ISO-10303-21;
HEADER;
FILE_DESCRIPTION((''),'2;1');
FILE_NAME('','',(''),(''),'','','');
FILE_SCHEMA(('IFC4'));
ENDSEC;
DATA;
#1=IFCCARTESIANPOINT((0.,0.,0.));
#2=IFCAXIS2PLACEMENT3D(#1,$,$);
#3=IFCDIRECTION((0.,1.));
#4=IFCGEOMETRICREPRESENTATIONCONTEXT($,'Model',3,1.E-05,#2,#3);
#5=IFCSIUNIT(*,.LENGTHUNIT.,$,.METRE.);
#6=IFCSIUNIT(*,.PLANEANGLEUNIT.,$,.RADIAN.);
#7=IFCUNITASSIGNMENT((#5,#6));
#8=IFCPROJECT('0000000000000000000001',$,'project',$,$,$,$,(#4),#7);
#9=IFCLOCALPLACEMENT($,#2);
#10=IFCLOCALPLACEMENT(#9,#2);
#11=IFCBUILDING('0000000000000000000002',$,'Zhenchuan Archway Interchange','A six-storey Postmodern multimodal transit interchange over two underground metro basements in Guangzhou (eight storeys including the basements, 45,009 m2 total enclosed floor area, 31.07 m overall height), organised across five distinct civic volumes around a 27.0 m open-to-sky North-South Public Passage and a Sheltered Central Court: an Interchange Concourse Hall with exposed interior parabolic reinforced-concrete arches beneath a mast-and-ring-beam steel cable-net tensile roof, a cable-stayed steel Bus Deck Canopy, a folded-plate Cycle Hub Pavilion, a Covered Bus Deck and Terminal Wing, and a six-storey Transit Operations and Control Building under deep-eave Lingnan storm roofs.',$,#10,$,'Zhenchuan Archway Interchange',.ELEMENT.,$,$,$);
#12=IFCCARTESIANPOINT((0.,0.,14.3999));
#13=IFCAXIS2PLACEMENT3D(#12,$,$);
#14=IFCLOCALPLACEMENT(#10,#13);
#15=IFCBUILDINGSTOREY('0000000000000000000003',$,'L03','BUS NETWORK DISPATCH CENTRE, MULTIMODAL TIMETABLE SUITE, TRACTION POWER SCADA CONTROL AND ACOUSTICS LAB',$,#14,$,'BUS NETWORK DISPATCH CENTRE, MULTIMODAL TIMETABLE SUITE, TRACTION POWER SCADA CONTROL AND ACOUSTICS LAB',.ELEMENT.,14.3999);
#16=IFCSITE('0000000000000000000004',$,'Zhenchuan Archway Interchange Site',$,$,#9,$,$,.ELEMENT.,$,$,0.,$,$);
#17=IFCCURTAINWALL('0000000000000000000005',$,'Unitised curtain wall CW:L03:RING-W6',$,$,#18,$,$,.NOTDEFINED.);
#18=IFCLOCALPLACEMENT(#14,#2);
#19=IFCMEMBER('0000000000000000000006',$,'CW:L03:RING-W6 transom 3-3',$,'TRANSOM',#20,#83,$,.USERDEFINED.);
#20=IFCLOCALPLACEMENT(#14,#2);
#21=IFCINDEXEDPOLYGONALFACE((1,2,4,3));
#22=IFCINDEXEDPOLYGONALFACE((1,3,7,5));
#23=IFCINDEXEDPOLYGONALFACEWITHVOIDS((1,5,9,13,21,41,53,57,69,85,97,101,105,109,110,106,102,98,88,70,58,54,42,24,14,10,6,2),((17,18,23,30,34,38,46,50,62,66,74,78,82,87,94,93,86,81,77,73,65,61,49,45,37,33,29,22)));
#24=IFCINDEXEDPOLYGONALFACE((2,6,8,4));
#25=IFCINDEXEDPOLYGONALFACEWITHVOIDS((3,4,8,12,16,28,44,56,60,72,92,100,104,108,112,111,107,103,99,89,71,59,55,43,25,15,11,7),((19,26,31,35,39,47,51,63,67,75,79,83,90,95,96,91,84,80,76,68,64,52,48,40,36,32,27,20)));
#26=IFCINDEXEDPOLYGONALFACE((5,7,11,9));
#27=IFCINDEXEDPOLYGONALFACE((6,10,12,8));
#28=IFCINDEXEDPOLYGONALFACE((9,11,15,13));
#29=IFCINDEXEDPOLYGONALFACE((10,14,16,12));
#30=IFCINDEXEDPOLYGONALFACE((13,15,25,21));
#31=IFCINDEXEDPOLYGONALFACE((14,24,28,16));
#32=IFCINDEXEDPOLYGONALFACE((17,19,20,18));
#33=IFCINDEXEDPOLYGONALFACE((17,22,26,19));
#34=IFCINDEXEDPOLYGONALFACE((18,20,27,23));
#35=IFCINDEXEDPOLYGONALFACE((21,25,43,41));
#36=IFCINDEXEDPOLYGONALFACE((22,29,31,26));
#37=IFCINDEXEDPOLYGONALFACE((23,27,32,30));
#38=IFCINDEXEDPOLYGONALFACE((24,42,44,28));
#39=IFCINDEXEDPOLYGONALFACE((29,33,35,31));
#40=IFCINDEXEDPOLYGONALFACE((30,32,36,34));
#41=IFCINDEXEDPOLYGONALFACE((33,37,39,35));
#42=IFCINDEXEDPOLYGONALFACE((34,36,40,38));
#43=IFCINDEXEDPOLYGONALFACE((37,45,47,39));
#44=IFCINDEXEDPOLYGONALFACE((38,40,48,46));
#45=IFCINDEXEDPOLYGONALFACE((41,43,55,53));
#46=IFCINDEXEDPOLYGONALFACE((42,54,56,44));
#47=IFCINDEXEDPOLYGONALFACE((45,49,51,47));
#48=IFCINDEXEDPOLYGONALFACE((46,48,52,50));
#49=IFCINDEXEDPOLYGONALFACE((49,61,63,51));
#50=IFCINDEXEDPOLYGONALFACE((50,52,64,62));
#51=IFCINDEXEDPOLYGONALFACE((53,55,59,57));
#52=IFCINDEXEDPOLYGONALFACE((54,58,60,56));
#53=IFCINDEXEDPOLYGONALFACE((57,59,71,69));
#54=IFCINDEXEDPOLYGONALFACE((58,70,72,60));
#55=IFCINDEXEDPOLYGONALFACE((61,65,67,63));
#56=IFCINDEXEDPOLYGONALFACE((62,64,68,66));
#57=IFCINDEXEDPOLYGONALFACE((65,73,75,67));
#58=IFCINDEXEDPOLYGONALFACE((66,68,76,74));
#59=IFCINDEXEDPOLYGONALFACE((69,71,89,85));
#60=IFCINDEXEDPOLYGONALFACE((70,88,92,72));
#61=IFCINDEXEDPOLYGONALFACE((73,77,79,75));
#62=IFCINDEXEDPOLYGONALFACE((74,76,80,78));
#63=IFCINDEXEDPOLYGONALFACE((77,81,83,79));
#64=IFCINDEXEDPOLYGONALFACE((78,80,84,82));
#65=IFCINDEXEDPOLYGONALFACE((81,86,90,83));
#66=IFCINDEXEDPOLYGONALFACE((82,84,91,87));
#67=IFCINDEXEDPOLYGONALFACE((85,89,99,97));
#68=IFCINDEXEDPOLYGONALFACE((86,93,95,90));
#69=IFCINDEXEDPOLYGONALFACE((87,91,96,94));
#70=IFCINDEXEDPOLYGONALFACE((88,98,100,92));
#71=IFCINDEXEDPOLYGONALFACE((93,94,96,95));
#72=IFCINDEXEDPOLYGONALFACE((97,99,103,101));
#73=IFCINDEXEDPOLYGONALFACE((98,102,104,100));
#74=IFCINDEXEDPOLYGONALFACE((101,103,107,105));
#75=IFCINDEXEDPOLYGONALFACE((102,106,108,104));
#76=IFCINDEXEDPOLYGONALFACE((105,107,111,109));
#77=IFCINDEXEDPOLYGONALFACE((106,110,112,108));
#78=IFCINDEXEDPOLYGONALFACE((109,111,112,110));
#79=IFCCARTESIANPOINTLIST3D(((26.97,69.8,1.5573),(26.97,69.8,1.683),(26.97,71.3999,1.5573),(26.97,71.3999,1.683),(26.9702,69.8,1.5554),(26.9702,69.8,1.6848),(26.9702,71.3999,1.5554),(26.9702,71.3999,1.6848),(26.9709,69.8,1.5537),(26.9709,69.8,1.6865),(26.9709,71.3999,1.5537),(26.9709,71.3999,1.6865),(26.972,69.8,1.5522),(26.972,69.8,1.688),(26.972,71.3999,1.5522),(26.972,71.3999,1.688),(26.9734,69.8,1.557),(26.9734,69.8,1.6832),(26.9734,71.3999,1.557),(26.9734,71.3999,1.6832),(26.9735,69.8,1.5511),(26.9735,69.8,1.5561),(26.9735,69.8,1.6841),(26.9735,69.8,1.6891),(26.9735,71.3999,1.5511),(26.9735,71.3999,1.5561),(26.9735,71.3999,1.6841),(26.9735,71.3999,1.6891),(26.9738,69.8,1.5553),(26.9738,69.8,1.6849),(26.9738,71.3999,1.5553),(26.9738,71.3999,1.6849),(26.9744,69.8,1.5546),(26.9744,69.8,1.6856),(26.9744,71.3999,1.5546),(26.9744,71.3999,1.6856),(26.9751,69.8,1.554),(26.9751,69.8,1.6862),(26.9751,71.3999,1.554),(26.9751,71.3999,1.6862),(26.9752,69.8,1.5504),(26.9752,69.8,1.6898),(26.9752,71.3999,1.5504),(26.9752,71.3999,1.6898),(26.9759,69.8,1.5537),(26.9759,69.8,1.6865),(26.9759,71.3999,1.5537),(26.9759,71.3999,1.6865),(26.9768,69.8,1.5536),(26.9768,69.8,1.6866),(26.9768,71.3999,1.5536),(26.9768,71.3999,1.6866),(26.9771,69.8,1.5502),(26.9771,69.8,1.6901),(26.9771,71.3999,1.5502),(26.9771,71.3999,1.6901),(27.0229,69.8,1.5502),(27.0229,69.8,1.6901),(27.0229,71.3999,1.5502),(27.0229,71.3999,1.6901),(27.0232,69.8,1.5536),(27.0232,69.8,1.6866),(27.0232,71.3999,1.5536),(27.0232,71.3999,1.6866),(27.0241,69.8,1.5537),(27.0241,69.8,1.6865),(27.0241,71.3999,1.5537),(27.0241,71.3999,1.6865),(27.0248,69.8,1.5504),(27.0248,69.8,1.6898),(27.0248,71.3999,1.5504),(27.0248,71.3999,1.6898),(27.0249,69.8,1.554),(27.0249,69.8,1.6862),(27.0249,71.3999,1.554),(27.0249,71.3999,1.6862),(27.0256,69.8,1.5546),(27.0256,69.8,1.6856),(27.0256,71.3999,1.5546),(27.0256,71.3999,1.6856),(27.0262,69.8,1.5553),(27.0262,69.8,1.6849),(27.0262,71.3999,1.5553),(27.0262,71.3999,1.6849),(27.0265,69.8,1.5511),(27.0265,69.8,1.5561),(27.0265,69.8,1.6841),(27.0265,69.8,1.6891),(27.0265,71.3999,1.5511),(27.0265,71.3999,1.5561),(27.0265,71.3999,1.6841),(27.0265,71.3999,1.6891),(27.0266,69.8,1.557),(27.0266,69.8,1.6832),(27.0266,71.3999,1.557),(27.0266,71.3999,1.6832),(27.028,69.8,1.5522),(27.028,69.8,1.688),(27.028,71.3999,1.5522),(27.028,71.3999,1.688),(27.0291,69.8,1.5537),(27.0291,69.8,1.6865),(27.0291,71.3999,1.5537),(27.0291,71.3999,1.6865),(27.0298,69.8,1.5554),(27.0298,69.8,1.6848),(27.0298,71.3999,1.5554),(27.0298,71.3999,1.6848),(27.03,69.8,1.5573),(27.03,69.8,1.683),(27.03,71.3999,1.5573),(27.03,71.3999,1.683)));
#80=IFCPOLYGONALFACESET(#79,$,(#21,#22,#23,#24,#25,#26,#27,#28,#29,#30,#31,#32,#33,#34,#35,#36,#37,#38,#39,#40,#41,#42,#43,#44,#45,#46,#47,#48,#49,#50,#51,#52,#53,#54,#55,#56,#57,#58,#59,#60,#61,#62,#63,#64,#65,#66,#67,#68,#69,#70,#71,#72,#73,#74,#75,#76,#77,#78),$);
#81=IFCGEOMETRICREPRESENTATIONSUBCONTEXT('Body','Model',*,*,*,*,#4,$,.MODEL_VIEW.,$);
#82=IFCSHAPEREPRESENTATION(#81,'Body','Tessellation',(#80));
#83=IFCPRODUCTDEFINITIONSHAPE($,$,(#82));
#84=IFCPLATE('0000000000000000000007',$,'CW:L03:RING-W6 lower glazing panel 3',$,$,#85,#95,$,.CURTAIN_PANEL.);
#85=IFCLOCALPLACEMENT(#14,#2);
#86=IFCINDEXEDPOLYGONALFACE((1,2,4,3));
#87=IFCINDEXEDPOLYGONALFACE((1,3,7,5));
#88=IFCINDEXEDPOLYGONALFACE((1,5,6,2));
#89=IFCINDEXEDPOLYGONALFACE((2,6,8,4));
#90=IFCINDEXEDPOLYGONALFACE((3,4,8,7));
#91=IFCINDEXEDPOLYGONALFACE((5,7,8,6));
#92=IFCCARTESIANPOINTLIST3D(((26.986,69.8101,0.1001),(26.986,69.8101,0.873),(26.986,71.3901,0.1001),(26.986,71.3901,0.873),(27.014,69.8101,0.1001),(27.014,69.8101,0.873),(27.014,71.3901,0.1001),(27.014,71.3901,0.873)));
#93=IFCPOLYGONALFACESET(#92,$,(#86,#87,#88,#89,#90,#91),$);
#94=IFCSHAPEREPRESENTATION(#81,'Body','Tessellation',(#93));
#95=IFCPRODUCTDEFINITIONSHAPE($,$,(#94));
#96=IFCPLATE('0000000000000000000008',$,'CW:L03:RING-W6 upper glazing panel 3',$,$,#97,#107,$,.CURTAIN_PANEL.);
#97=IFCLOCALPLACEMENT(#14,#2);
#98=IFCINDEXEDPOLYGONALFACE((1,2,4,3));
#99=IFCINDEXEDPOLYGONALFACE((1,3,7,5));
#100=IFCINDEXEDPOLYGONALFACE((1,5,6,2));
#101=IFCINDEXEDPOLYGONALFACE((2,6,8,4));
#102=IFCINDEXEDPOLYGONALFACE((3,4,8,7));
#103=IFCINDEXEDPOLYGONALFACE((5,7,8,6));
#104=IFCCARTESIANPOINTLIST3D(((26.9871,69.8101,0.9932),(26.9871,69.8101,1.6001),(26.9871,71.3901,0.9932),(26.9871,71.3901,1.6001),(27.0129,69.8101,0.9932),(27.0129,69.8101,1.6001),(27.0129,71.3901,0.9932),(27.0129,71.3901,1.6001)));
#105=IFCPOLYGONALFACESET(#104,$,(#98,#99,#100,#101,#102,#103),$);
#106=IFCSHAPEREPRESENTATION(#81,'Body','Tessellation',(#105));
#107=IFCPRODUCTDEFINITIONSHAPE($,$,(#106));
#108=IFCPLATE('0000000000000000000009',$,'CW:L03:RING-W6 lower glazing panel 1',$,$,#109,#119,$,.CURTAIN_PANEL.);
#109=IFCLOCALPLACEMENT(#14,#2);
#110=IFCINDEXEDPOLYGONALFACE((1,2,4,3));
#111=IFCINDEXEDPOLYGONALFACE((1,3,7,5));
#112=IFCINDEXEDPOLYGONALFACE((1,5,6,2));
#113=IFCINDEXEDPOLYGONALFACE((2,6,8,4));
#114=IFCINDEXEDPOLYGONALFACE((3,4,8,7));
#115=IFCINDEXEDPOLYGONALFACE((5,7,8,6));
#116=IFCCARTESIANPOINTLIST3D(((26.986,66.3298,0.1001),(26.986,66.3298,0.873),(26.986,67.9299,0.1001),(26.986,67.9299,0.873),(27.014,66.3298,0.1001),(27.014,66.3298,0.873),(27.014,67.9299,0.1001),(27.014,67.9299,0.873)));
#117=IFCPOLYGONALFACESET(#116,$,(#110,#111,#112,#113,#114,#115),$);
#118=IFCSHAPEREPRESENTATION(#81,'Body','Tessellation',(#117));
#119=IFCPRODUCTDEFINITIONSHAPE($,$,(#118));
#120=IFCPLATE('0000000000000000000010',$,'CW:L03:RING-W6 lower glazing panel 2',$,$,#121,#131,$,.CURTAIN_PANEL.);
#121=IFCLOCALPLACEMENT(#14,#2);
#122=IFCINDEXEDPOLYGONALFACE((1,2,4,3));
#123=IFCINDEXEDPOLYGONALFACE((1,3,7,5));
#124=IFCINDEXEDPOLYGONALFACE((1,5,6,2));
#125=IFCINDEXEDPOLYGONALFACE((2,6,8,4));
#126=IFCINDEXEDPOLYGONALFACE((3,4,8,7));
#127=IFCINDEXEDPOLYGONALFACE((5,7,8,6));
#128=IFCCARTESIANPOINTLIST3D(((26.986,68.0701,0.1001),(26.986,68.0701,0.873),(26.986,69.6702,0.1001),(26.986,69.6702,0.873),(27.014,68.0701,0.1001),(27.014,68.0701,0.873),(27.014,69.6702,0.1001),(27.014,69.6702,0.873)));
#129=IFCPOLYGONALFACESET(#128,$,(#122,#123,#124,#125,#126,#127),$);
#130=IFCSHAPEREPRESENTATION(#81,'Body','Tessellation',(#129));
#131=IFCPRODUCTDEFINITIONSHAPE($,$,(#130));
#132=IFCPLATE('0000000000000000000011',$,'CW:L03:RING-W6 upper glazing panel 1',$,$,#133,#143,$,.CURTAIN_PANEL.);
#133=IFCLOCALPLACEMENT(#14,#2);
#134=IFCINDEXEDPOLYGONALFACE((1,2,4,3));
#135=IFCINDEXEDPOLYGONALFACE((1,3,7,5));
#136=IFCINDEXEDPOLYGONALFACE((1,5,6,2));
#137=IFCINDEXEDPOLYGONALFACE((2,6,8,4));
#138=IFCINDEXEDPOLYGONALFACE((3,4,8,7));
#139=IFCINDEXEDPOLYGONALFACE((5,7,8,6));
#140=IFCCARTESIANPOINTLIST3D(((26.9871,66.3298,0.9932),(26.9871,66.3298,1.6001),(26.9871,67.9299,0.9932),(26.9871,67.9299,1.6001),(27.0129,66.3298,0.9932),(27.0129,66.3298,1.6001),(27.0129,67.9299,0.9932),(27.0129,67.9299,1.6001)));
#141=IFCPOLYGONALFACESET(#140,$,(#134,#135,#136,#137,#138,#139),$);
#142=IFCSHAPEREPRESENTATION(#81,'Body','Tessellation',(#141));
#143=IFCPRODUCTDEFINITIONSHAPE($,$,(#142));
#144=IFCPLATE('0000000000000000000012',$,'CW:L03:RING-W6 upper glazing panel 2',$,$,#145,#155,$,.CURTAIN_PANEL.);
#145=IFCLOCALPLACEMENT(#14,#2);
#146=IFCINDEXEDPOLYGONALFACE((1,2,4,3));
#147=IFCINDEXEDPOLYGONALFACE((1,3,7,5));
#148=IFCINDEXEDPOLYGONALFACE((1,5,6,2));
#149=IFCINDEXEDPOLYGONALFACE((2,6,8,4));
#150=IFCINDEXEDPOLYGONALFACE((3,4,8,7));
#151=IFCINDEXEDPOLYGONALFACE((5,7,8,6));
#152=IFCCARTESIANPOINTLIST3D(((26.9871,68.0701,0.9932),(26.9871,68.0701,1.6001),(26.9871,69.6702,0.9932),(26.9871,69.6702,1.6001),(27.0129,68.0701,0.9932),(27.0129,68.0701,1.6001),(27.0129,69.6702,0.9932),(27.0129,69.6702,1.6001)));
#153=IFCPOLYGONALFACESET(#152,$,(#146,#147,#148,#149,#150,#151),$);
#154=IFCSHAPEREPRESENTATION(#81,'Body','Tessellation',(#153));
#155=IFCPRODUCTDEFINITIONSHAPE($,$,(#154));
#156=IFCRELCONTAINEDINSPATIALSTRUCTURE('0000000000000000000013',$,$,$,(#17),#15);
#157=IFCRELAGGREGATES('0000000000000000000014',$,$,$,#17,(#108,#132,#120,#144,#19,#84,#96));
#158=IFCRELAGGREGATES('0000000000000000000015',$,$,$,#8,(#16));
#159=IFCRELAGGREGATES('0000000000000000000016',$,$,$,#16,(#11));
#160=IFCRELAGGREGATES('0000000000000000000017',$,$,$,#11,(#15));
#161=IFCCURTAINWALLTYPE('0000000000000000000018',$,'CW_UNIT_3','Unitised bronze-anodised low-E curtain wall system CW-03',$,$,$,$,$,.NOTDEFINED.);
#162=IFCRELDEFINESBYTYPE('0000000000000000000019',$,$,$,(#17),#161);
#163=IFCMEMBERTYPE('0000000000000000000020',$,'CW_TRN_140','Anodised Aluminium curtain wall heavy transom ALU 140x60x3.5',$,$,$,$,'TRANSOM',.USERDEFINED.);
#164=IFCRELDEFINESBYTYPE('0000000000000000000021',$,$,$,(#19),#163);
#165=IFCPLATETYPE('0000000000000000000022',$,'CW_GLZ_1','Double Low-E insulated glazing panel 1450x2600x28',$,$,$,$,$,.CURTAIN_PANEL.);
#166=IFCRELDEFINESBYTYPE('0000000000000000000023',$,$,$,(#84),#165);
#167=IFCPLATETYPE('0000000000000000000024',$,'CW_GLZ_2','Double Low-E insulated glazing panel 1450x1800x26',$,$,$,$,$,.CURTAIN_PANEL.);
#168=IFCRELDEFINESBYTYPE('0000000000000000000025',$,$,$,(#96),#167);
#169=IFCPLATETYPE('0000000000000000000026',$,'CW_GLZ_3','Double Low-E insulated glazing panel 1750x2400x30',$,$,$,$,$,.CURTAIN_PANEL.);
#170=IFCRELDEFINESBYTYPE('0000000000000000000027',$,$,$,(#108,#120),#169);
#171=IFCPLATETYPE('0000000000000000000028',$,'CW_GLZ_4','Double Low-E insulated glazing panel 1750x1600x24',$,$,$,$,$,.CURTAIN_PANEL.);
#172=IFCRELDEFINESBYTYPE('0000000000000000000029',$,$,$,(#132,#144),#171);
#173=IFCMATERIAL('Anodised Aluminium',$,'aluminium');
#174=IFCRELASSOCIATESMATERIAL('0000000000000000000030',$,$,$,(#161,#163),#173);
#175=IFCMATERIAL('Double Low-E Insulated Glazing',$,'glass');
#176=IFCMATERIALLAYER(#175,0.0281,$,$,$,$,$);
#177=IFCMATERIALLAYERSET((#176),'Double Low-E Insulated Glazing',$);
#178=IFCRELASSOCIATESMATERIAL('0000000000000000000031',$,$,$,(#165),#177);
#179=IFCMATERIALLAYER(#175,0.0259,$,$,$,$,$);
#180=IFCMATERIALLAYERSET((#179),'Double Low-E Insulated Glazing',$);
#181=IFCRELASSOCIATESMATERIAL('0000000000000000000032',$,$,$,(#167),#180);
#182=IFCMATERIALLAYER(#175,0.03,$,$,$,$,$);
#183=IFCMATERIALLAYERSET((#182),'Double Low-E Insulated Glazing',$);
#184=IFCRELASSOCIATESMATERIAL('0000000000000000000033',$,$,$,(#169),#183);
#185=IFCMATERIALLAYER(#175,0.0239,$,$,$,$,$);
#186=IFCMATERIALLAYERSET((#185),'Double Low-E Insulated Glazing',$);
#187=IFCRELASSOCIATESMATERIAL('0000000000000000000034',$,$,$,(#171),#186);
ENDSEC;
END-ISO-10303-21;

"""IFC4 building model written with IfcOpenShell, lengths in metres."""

from ifc_helpers import new_model, si_unit, direction, frame, origin, origin_2d, place, context, subcontext, project, spatial, rectangle, hollow_rectangle, extrude, material, layer, layer_set, material_profile, profile_set, type_object, element, aggregate, save


model = new_model("IFC4")

# Units and contexts
model_context = context("Model", 3, precision=1e-05, world=origin(), true_north=direction((0.0, 1.0)))
body_context = subcontext(model_context, "Body", "Model", "MODEL_VIEW")
ifc_project = project(units=[si_unit("LENGTHUNIT", "METRE"), si_unit("PLANEANGLEUNIT", "RADIAN")], contexts=[model_context])

# Site, building, storey
site_placement = place(None, origin())
site = spatial("IfcSite", under=ifc_project, at=site_placement, Name="Zhenchuan Archway Interchange Site", CompositionType="ELEMENT", RefElevation=0.0)
building_placement = place(site_placement, origin())
building = spatial("IfcBuilding", under=site, at=building_placement, Name="Zhenchuan Archway Interchange", Description="A six-storey Postmodern multimodal transit interchange over two underground metro basements in Guangzhou (eight storeys including the basements, 45,009 m2 total enclosed floor area, 31.07 m overall height), organised across five distinct civic volumes around a 27.0 m open-to-sky North-South Public Passage and a Sheltered Central Court: an Interchange Concourse Hall with exposed interior parabolic reinforced-concrete arches beneath a mast-and-ring-beam steel cable-net tensile roof, a cable-stayed steel Bus Deck Canopy, a folded-plate Cycle Hub Pavilion, a Covered Bus Deck and Terminal Wing, and a six-storey Transit Operations and Control Building under deep-eave Lingnan storm roofs.", LongName="Zhenchuan Archway Interchange", CompositionType="ELEMENT")
storey_placement = place(building_placement, frame((0.0, 0.0, 14.3999)))
storey = spatial("IfcBuildingStorey", under=building, at=storey_placement, Name="L03", Description="BUS NETWORK DISPATCH CENTRE, MULTIMODAL TIMETABLE SUITE, TRACTION POWER SCADA CONTROL AND ACOUSTICS LAB", LongName="BUS NETWORK DISPATCH CENTRE, MULTIMODAL TIMETABLE SUITE, TRACTION POWER SCADA CONTROL AND ACOUSTICS LAB", CompositionType="ELEMENT", Elevation=14.3999)

# Curtain wall, member, plates
ifc_material_1 = material(Name="Anodised Aluminium", Category="aluminium")
curtain_wall_type = type_object("IfcCurtainWallType", Name="CW_UNIT_3", Description="Unitised bronze-anodised low-E curtain wall system CW-03", PredefinedType="NOTDEFINED", material=ifc_material_1)
curtain_wall_placement = place(storey_placement, origin())
curtain_wall = element("IfcCurtainWall", 1, at=curtain_wall_placement, inside=storey, type_object=curtain_wall_type, Name="Unitised curtain wall CW:L03:RING-W6", PredefinedType="NOTDEFINED")
ifc_material_profile_1 = material_profile(ifc_material_1, hollow_rectangle(XDim=0.0601, YDim=0.1399, WallThickness=0.0034, InnerFilletRadius=0.0034, OuterFilletRadius=0.0071, at=origin_2d()), Name="ALU 140x60x3.5")
ifc_profile_set_1 = profile_set([ifc_material_profile_1], Name="Anodised Aluminium")
member_type_1 = type_object("IfcMemberType", Name="CW_TRN_140", Description="Anodised Aluminium curtain wall heavy transom ALU 140x60x3.5", ElementType="TRANSOM", PredefinedType="USERDEFINED", material=ifc_profile_set_1)
member_1_placement = place(storey_placement, frame((27.0, 69.8, 1.6201), z_axis=(0.0, 1.0, 0.0), x_axis=(-1.0, 0.0, 0.0)))
member_1 = element("IfcMember", 2, at=member_1_placement, type_object=member_type_1, Name="CW:L03:RING-W6 transom 3-3", ObjectType="TRANSOM", PredefinedType="USERDEFINED", context=body_context, shape_type="SweptSolid", body=[
    extrude(hollow_rectangle(XDim=0.0601, YDim=0.1399, WallThickness=0.0034, InnerFilletRadius=0.0034, OuterFilletRadius=0.0071, at=origin_2d()), origin(), (0.0, 0.0, 1.0), 1.5999),
])
ifc_material_2 = material(Name="Double Low-E Insulated Glazing", Category="glass")
ifc_layer_1 = layer(ifc_material_2, 0.0281)
ifc_layer_set_1 = layer_set([ifc_layer_1], Name="Double Low-E Insulated Glazing")
plate_type_1 = type_object("IfcPlateType", Name="CW_GLZ_1", Description="Double Low-E insulated glazing panel 1450x2600x28", PredefinedType="CURTAIN_PANEL", material=ifc_layer_set_1)
plate_1_placement = place(storey_placement, frame((27.0, 70.6001, 0.1001), z_axis=(0.0, 0.0, 1.0), x_axis=(0.0, 1.0, 0.0)))
plate_1 = element("IfcPlate", 3, at=plate_1_placement, type_object=plate_type_1, Name="CW:L03:RING-W6 lower glazing panel 3", PredefinedType="CURTAIN_PANEL", context=body_context, shape_type="SweptSolid", body=[
    extrude(rectangle(XDim=1.5801, YDim=0.0281, at=origin_2d()), origin(), (0.0, 0.0, 1.0), 0.7729),
])
ifc_layer_2 = layer(ifc_material_2, 0.0259)
ifc_layer_set_2 = layer_set([ifc_layer_2], Name="Double Low-E Insulated Glazing")
plate_type_2 = type_object("IfcPlateType", Name="CW_GLZ_2", Description="Double Low-E insulated glazing panel 1450x1800x26", PredefinedType="CURTAIN_PANEL", material=ifc_layer_set_2)
plate_2_placement = place(storey_placement, frame((27.0, 70.6001, 0.9932), z_axis=(0.0, 0.0, 1.0), x_axis=(0.0, 1.0, 0.0)))
plate_2 = element("IfcPlate", 4, at=plate_2_placement, type_object=plate_type_2, Name="CW:L03:RING-W6 upper glazing panel 3", PredefinedType="CURTAIN_PANEL", context=body_context, shape_type="SweptSolid", body=[
    extrude(rectangle(XDim=1.5801, YDim=0.0259, at=origin_2d()), origin(), (0.0, 0.0, 1.0), 0.6069),
])
ifc_layer_3 = layer(ifc_material_2, 0.03)
ifc_layer_set_3 = layer_set([ifc_layer_3], Name="Double Low-E Insulated Glazing")
plate_type_3 = type_object("IfcPlateType", Name="CW_GLZ_3", Description="Double Low-E insulated glazing panel 1750x2400x30", PredefinedType="CURTAIN_PANEL", material=ifc_layer_set_3)
plate_3_placement = place(storey_placement, frame((27.0, 67.1299, 0.1001), z_axis=(0.0, 0.0, 1.0), x_axis=(0.0, 1.0, 0.0)))
plate_3 = element("IfcPlate", 5, at=plate_3_placement, type_object=plate_type_3, Name="CW:L03:RING-W6 lower glazing panel 1", PredefinedType="CURTAIN_PANEL", context=body_context, shape_type="SweptSolid", body=[
    extrude(rectangle(XDim=1.6001, YDim=0.0281, at=origin_2d()), origin(), (0.0, 0.0, 1.0), 0.7729),
])
plate_4_placement = place(storey_placement, frame((27.0, 68.8701, 0.1001), z_axis=(0.0, 0.0, 1.0), x_axis=(0.0, 1.0, 0.0)))
plate_4 = element("IfcPlate", 6, at=plate_4_placement, type_object=plate_type_3, Name="CW:L03:RING-W6 lower glazing panel 2", PredefinedType="CURTAIN_PANEL", context=body_context, shape_type="SweptSolid", body=[
    extrude(rectangle(XDim=1.6001, YDim=0.0281, at=origin_2d()), origin(), (0.0, 0.0, 1.0), 0.7729),
])
ifc_layer_4 = layer(ifc_material_2, 0.0239)
ifc_layer_set_4 = layer_set([ifc_layer_4], Name="Double Low-E Insulated Glazing")
plate_type_4 = type_object("IfcPlateType", Name="CW_GLZ_4", Description="Double Low-E insulated glazing panel 1750x1600x24", PredefinedType="CURTAIN_PANEL", material=ifc_layer_set_4)
plate_5_placement = place(storey_placement, frame((27.0, 67.1299, 0.9932), z_axis=(0.0, 0.0, 1.0), x_axis=(0.0, 1.0, 0.0)))
plate_5 = element("IfcPlate", 7, at=plate_5_placement, type_object=plate_type_4, Name="CW:L03:RING-W6 upper glazing panel 1", PredefinedType="CURTAIN_PANEL", context=body_context, shape_type="SweptSolid", body=[
    extrude(rectangle(XDim=1.6001, YDim=0.0259, at=origin_2d()), origin(), (0.0, 0.0, 1.0), 0.6069),
])
plate_6_placement = place(storey_placement, frame((27.0, 68.8701, 0.9932), z_axis=(0.0, 0.0, 1.0), x_axis=(0.0, 1.0, 0.0)))
plate_6 = element("IfcPlate", 8, at=plate_6_placement, type_object=plate_type_4, Name="CW:L03:RING-W6 upper glazing panel 2", PredefinedType="CURTAIN_PANEL", context=body_context, shape_type="SweptSolid", body=[
    extrude(rectangle(XDim=1.6001, YDim=0.0259, at=origin_2d()), origin(), (0.0, 0.0, 1.0), 0.6069),
])
aggregate(curtain_wall, [plate_3, plate_5, plate_4, plate_6, member_1, plate_1, plate_2])

save(model, "model.ifc")
